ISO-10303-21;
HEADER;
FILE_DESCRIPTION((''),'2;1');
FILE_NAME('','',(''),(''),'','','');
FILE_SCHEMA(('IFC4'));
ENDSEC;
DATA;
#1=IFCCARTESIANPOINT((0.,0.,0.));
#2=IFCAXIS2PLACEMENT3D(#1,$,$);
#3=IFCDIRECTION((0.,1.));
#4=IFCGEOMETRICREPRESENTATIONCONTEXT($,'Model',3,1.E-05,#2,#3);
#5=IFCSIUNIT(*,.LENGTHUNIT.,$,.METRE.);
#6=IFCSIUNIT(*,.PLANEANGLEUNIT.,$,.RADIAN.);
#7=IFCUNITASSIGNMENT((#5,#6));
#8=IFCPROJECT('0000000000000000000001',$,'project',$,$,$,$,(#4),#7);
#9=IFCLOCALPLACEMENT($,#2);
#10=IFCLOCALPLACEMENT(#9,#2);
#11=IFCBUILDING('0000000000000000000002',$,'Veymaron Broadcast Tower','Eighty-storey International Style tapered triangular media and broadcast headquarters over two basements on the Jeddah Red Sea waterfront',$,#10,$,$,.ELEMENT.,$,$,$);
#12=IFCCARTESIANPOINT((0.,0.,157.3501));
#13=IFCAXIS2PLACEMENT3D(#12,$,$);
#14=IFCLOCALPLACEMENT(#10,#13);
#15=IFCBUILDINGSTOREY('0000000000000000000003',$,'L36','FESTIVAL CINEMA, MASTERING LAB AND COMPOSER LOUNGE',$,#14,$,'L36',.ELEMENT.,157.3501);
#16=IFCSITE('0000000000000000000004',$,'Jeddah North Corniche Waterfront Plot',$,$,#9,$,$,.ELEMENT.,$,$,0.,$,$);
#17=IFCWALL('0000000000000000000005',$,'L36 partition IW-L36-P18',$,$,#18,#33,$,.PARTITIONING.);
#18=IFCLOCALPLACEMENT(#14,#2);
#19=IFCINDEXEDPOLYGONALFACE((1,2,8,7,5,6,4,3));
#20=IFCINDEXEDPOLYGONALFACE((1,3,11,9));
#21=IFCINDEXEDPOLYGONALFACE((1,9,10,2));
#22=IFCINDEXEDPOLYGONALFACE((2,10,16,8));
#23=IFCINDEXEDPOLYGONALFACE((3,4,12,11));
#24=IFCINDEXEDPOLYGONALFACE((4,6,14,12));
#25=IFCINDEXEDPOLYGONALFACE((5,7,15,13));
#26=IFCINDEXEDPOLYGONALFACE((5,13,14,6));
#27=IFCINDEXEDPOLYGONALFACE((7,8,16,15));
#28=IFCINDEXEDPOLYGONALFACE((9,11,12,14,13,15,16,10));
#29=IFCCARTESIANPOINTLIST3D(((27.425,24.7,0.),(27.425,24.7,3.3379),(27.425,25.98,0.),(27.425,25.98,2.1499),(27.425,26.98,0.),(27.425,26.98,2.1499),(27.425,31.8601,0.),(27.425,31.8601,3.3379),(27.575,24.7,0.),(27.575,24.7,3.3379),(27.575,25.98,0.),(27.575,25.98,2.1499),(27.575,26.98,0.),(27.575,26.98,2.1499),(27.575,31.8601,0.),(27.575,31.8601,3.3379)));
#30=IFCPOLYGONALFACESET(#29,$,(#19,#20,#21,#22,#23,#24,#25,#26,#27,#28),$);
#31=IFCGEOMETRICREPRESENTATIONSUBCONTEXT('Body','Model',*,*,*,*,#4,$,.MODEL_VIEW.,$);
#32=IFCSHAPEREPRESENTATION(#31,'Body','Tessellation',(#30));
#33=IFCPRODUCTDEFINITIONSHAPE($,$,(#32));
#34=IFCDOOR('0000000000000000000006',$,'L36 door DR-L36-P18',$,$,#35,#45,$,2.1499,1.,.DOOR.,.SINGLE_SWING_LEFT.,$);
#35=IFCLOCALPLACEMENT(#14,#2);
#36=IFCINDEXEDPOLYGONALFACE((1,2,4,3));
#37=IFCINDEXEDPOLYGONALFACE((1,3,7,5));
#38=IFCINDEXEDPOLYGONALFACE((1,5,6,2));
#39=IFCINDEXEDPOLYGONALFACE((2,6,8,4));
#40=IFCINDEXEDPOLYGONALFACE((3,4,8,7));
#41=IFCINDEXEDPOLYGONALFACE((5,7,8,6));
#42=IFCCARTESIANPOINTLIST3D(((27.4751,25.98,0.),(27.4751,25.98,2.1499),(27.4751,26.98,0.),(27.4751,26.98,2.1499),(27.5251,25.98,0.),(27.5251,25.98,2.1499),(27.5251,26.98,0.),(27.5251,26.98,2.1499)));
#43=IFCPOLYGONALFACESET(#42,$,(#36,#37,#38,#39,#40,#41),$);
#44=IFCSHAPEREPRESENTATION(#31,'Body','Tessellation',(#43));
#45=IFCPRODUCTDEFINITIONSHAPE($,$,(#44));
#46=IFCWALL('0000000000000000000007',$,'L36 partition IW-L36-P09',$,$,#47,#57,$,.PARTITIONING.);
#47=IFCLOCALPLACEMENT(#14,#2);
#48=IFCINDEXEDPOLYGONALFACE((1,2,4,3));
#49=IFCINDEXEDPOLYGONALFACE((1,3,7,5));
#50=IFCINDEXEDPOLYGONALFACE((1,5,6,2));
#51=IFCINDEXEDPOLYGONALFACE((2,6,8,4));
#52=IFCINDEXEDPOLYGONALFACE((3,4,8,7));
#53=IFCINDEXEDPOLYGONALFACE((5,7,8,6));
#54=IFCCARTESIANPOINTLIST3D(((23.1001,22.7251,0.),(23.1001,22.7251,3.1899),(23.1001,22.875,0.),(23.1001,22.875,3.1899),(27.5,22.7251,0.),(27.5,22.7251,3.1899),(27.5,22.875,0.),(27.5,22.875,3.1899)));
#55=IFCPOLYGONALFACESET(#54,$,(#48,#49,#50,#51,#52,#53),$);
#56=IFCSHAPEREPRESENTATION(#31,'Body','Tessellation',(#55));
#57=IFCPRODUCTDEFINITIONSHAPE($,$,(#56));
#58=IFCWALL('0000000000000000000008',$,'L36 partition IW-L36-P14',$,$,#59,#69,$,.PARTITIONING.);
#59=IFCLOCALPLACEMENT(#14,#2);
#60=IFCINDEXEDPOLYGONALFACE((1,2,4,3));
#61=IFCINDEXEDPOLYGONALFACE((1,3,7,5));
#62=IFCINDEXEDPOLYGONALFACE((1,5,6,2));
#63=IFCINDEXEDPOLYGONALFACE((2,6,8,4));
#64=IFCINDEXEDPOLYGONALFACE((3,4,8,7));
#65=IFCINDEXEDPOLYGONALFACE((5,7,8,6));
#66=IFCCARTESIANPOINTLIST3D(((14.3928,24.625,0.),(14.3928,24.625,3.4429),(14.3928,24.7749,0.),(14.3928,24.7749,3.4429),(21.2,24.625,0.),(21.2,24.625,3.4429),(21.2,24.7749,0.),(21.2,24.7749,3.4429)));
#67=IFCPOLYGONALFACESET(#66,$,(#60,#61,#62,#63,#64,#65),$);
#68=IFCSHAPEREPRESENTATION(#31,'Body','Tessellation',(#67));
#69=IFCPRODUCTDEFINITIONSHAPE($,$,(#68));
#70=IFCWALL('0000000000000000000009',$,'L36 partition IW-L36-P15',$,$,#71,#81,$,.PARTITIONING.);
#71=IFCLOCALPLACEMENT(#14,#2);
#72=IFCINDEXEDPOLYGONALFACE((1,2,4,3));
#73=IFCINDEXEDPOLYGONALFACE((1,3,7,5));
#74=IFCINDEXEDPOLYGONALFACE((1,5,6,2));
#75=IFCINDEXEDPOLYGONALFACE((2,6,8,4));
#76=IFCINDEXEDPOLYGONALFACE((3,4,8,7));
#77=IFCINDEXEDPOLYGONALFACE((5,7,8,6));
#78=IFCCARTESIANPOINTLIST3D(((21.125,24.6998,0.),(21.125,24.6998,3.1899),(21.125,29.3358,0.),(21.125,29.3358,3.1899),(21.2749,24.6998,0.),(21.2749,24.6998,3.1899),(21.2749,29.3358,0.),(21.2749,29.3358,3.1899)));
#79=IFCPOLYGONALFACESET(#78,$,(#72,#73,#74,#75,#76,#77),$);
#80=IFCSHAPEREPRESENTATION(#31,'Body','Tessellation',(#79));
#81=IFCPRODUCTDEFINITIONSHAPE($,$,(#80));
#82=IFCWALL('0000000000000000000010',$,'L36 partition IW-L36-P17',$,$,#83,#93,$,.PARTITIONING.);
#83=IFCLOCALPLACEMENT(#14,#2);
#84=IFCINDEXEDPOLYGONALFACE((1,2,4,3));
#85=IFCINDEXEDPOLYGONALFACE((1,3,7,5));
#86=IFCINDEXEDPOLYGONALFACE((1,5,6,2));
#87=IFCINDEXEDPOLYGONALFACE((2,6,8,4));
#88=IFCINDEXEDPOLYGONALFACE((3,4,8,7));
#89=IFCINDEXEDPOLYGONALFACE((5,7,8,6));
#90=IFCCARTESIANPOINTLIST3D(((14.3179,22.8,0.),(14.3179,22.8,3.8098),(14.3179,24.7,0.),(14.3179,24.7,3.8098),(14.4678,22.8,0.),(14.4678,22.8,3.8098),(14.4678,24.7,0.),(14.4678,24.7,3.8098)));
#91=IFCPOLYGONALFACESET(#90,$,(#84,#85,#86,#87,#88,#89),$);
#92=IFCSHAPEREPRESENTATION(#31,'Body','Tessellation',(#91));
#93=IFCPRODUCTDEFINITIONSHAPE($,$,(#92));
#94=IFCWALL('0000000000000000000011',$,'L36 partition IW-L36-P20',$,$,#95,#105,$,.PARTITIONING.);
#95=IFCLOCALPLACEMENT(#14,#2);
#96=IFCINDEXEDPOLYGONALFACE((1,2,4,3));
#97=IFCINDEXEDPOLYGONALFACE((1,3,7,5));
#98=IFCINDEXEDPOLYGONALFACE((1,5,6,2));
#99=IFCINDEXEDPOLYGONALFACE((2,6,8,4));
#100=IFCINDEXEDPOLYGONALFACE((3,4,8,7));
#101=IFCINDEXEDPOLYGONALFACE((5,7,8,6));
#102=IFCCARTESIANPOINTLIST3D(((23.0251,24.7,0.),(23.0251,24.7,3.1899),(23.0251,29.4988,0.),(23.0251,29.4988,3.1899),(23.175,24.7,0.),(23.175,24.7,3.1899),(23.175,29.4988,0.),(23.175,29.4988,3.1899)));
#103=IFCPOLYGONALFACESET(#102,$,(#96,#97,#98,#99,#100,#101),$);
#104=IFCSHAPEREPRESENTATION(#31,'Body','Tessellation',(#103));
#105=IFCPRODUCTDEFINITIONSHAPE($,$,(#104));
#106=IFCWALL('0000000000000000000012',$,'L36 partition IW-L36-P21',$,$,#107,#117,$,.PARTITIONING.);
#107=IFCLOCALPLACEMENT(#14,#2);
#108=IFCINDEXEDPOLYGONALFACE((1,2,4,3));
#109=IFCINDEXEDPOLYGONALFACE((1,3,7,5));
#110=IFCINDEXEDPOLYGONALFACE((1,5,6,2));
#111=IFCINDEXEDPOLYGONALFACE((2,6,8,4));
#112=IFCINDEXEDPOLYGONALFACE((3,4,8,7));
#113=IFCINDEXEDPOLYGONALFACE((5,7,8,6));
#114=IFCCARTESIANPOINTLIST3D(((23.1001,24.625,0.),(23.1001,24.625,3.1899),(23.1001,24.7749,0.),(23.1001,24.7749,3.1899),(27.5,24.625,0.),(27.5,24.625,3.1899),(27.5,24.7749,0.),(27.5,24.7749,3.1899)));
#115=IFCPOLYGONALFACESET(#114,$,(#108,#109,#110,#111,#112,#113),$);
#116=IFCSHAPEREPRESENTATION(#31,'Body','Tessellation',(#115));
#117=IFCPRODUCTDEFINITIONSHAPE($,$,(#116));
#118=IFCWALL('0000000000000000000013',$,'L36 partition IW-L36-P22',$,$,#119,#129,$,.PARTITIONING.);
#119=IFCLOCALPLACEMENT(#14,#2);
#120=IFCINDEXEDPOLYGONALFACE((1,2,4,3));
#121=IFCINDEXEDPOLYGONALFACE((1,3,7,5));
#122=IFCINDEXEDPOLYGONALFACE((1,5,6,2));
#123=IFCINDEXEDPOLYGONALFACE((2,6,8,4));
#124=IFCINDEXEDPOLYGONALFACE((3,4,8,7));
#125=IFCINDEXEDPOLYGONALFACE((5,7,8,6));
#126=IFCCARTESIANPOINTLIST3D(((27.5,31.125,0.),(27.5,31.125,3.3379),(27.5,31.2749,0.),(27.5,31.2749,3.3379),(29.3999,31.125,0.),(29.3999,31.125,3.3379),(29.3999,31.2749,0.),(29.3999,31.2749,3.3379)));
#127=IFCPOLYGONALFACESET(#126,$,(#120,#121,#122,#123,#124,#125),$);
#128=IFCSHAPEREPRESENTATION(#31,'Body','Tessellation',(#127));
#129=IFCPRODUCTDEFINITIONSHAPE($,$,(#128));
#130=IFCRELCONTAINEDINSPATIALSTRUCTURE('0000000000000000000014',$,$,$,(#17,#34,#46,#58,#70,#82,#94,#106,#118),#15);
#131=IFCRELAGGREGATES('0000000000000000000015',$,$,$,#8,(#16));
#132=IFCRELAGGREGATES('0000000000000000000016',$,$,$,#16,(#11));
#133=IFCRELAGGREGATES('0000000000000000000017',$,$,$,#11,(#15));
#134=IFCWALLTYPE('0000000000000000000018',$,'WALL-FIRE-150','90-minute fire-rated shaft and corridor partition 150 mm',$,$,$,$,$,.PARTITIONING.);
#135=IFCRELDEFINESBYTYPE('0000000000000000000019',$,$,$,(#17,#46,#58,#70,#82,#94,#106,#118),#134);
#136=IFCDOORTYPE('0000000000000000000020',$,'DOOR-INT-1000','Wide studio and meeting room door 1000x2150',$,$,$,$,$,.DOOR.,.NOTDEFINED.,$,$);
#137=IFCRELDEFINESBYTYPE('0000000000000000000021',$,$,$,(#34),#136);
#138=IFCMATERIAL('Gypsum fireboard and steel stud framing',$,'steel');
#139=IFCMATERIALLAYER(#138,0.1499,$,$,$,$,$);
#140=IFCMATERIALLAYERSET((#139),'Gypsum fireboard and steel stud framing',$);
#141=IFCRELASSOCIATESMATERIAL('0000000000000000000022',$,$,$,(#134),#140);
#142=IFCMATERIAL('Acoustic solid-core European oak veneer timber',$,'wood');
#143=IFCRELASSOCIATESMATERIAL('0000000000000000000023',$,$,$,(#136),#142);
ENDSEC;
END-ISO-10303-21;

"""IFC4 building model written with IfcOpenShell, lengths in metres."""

from ifc_helpers import new_model, si_unit, direction, frame, frame_2d, origin, place, context, subcontext, project, spatial, rectangle, extrude, material, layer, layer_set, type_object, element, fill, save


model = new_model("IFC4")

# Units and contexts
model_context = context("Model", 3, precision=1e-05, world=origin(), true_north=direction((0.0, 1.0)))
body_context = subcontext(model_context, "Body", "Model", "MODEL_VIEW")
ifc_project = project(units=[si_unit("LENGTHUNIT", "METRE"), si_unit("PLANEANGLEUNIT", "RADIAN")], contexts=[model_context])

# Site, building, storey
site_placement = place(None, origin())
site = spatial("IfcSite", under=ifc_project, at=site_placement, Name="Jeddah North Corniche Waterfront Plot", CompositionType="ELEMENT", RefElevation=0.0)
building_placement = place(site_placement, origin())
building = spatial("IfcBuilding", under=site, at=building_placement, Name="Veymaron Broadcast Tower", Description="Eighty-storey International Style tapered triangular media and broadcast headquarters over two basements on the Jeddah Red Sea waterfront", CompositionType="ELEMENT")
storey_placement = place(building_placement, frame((0.0, 0.0, 157.3501)))
storey = spatial("IfcBuildingStorey", under=building, at=storey_placement, Name="L36", Description="FESTIVAL CINEMA, MASTERING LAB AND COMPOSER LOUNGE", LongName="L36", CompositionType="ELEMENT", Elevation=157.3501)

# Wall, opening, door
ifc_material_1 = material(Name="Gypsum fireboard and steel stud framing", Category="steel")
ifc_layer_1 = layer(ifc_material_1, 0.1499)
ifc_layer_set_1 = layer_set([ifc_layer_1], Name="Gypsum fireboard and steel stud framing")
wall_type_1 = type_object("IfcWallType", Name="WALL-FIRE-150", Description="90-minute fire-rated shaft and corridor partition 150 mm", PredefinedType="PARTITIONING", material=ifc_layer_set_1)
ifc_material_2 = material(Name="Acoustic solid-core European oak veneer timber", Category="wood")
door_type = type_object("IfcDoorType", Name="DOOR-INT-1000", Description="Wide studio and meeting room door 1000x2150", OperationType="NOTDEFINED", PredefinedType="DOOR", material=ifc_material_2)
wall_1_placement = place(storey_placement, frame((27.5, 24.7, 0.0), z_axis=(0.0, 0.0, 1.0), x_axis=(0.0, 1.0, 0.0)))
wall_1 = element("IfcWall", 1, at=wall_1_placement, inside=storey, type_object=wall_type_1, Name="L36 partition IW-L36-P18", PredefinedType="PARTITIONING", context=body_context, shape_type="SweptSolid", body=[
    extrude(rectangle(XDim=7.1602, YDim=0.1499, at=frame_2d((3.5801, 0.0))), origin(), (0.0, 0.0, 1.0), 3.3379),
])
opening_1_placement = place(wall_1_placement, frame((1.28, 0.0, 0.0)))
opening_1 = element("IfcOpeningElement", 2, at=opening_1_placement, cuts=wall_1, PredefinedType="OPENING", context=body_context, shape_type="SweptSolid", body=[
    extrude(rectangle(XDim=1.0, YDim=2.1499, at=frame_2d((0.5, 1.075))), frame((0.0, 0.085, 0.0), z_axis=(0.0, -1.0, 0.0), x_axis=(1.0, 0.0, 0.0)), (0.0, 0.0, 1.0), 0.1699),
])
door_1_placement = place(opening_1_placement, origin())
door_1 = element("IfcDoor", 3, at=door_1_placement, inside=storey, type_object=door_type, Name="L36 door DR-L36-P18", OperationType="SINGLE_SWING_LEFT", OverallHeight=2.1499, OverallWidth=1.0, PredefinedType="DOOR", context=body_context, shape_type="SweptSolid", body=[
    extrude(rectangle(XDim=1.0, YDim=2.1499, at=frame_2d((0.5, 1.075))), frame((0.0, 0.0249, 0.0), z_axis=(0.0, -1.0, 0.0), x_axis=(1.0, 0.0, 0.0)), (0.0, 0.0, 1.0), 0.05),
])
fill(opening_1, door_1)

# Walls
wall_2_placement = place(storey_placement, frame((23.1001, 22.8, 0.0), z_axis=(0.0, 0.0, 1.0), x_axis=(1.0, 0.0, 0.0)))
element("IfcWall", 4, at=wall_2_placement, inside=storey, type_object=wall_type_1, Name="L36 partition IW-L36-P09", PredefinedType="PARTITIONING", context=body_context, shape_type="SweptSolid", body=[
    extrude(rectangle(XDim=4.3999, YDim=0.1499, at=frame_2d((2.2, 0.0))), origin(), (0.0, 0.0, 1.0), 3.1899),
])
wall_3_placement = place(storey_placement, frame((14.3928, 24.7, 0.0), z_axis=(0.0, 0.0, 1.0), x_axis=(1.0, 0.0, 0.0)))
element("IfcWall", 5, at=wall_3_placement, inside=storey, type_object=wall_type_1, Name="L36 partition IW-L36-P14", PredefinedType="PARTITIONING", context=body_context, shape_type="SweptSolid", body=[
    extrude(rectangle(XDim=6.8071, YDim=0.1499, at=frame_2d((3.4036, 0.0))), origin(), (0.0, 0.0, 1.0), 3.4429),
])
wall_4_placement = place(storey_placement, frame((21.2, 24.7, 0.0), z_axis=(0.0, 0.0, 1.0), x_axis=(0.0, 1.0, 0.0)))
element("IfcWall", 6, at=wall_4_placement, inside=storey, type_object=wall_type_1, Name="L36 partition IW-L36-P15", PredefinedType="PARTITIONING", context=body_context, shape_type="SweptSolid", body=[
    extrude(rectangle(XDim=4.636, YDim=0.1499, at=frame_2d((2.3179, 0.0))), origin(), (0.0, 0.0, 1.0), 3.1899),
])
wall_5_placement = place(storey_placement, frame((14.3928, 22.8, 0.0), z_axis=(0.0, 0.0, 1.0), x_axis=(0.0, 1.0, 0.0)))
element("IfcWall", 7, at=wall_5_placement, inside=storey, type_object=wall_type_1, Name="L36 partition IW-L36-P17", PredefinedType="PARTITIONING", context=body_context, shape_type="SweptSolid", body=[
    extrude(rectangle(XDim=1.8999, YDim=0.1499, at=frame_2d((0.95, 0.0))), origin(), (0.0, 0.0, 1.0), 3.8098),
])
wall_6_placement = place(storey_placement, frame((23.1001, 24.7, 0.0), z_axis=(0.0, 0.0, 1.0), x_axis=(0.0, 1.0, 0.0)))
element("IfcWall", 8, at=wall_6_placement, inside=storey, type_object=wall_type_1, Name="L36 partition IW-L36-P20", PredefinedType="PARTITIONING", context=body_context, shape_type="SweptSolid", body=[
    extrude(rectangle(XDim=4.7988, YDim=0.1499, at=frame_2d((2.3994, 0.0))), origin(), (0.0, 0.0, 1.0), 3.1899),
])
wall_7_placement = place(storey_placement, frame((23.1001, 24.7, 0.0), z_axis=(0.0, 0.0, 1.0), x_axis=(1.0, 0.0, 0.0)))
element("IfcWall", 9, at=wall_7_placement, inside=storey, type_object=wall_type_1, Name="L36 partition IW-L36-P21", PredefinedType="PARTITIONING", context=body_context, shape_type="SweptSolid", body=[
    extrude(rectangle(XDim=4.3999, YDim=0.1499, at=frame_2d((2.2, 0.0))), origin(), (0.0, 0.0, 1.0), 3.1899),
])
wall_8_placement = place(storey_placement, frame((27.5, 31.2, 0.0), z_axis=(0.0, 0.0, 1.0), x_axis=(1.0, 0.0, 0.0)))
element("IfcWall", 10, at=wall_8_placement, inside=storey, type_object=wall_type_1, Name="L36 partition IW-L36-P22", PredefinedType="PARTITIONING", context=body_context, shape_type="SweptSolid", body=[
    extrude(rectangle(XDim=1.8999, YDim=0.1499, at=frame_2d((0.95, 0.0))), origin(), (0.0, 0.0, 1.0), 3.3379),
])

save(model, "model.ifc")
